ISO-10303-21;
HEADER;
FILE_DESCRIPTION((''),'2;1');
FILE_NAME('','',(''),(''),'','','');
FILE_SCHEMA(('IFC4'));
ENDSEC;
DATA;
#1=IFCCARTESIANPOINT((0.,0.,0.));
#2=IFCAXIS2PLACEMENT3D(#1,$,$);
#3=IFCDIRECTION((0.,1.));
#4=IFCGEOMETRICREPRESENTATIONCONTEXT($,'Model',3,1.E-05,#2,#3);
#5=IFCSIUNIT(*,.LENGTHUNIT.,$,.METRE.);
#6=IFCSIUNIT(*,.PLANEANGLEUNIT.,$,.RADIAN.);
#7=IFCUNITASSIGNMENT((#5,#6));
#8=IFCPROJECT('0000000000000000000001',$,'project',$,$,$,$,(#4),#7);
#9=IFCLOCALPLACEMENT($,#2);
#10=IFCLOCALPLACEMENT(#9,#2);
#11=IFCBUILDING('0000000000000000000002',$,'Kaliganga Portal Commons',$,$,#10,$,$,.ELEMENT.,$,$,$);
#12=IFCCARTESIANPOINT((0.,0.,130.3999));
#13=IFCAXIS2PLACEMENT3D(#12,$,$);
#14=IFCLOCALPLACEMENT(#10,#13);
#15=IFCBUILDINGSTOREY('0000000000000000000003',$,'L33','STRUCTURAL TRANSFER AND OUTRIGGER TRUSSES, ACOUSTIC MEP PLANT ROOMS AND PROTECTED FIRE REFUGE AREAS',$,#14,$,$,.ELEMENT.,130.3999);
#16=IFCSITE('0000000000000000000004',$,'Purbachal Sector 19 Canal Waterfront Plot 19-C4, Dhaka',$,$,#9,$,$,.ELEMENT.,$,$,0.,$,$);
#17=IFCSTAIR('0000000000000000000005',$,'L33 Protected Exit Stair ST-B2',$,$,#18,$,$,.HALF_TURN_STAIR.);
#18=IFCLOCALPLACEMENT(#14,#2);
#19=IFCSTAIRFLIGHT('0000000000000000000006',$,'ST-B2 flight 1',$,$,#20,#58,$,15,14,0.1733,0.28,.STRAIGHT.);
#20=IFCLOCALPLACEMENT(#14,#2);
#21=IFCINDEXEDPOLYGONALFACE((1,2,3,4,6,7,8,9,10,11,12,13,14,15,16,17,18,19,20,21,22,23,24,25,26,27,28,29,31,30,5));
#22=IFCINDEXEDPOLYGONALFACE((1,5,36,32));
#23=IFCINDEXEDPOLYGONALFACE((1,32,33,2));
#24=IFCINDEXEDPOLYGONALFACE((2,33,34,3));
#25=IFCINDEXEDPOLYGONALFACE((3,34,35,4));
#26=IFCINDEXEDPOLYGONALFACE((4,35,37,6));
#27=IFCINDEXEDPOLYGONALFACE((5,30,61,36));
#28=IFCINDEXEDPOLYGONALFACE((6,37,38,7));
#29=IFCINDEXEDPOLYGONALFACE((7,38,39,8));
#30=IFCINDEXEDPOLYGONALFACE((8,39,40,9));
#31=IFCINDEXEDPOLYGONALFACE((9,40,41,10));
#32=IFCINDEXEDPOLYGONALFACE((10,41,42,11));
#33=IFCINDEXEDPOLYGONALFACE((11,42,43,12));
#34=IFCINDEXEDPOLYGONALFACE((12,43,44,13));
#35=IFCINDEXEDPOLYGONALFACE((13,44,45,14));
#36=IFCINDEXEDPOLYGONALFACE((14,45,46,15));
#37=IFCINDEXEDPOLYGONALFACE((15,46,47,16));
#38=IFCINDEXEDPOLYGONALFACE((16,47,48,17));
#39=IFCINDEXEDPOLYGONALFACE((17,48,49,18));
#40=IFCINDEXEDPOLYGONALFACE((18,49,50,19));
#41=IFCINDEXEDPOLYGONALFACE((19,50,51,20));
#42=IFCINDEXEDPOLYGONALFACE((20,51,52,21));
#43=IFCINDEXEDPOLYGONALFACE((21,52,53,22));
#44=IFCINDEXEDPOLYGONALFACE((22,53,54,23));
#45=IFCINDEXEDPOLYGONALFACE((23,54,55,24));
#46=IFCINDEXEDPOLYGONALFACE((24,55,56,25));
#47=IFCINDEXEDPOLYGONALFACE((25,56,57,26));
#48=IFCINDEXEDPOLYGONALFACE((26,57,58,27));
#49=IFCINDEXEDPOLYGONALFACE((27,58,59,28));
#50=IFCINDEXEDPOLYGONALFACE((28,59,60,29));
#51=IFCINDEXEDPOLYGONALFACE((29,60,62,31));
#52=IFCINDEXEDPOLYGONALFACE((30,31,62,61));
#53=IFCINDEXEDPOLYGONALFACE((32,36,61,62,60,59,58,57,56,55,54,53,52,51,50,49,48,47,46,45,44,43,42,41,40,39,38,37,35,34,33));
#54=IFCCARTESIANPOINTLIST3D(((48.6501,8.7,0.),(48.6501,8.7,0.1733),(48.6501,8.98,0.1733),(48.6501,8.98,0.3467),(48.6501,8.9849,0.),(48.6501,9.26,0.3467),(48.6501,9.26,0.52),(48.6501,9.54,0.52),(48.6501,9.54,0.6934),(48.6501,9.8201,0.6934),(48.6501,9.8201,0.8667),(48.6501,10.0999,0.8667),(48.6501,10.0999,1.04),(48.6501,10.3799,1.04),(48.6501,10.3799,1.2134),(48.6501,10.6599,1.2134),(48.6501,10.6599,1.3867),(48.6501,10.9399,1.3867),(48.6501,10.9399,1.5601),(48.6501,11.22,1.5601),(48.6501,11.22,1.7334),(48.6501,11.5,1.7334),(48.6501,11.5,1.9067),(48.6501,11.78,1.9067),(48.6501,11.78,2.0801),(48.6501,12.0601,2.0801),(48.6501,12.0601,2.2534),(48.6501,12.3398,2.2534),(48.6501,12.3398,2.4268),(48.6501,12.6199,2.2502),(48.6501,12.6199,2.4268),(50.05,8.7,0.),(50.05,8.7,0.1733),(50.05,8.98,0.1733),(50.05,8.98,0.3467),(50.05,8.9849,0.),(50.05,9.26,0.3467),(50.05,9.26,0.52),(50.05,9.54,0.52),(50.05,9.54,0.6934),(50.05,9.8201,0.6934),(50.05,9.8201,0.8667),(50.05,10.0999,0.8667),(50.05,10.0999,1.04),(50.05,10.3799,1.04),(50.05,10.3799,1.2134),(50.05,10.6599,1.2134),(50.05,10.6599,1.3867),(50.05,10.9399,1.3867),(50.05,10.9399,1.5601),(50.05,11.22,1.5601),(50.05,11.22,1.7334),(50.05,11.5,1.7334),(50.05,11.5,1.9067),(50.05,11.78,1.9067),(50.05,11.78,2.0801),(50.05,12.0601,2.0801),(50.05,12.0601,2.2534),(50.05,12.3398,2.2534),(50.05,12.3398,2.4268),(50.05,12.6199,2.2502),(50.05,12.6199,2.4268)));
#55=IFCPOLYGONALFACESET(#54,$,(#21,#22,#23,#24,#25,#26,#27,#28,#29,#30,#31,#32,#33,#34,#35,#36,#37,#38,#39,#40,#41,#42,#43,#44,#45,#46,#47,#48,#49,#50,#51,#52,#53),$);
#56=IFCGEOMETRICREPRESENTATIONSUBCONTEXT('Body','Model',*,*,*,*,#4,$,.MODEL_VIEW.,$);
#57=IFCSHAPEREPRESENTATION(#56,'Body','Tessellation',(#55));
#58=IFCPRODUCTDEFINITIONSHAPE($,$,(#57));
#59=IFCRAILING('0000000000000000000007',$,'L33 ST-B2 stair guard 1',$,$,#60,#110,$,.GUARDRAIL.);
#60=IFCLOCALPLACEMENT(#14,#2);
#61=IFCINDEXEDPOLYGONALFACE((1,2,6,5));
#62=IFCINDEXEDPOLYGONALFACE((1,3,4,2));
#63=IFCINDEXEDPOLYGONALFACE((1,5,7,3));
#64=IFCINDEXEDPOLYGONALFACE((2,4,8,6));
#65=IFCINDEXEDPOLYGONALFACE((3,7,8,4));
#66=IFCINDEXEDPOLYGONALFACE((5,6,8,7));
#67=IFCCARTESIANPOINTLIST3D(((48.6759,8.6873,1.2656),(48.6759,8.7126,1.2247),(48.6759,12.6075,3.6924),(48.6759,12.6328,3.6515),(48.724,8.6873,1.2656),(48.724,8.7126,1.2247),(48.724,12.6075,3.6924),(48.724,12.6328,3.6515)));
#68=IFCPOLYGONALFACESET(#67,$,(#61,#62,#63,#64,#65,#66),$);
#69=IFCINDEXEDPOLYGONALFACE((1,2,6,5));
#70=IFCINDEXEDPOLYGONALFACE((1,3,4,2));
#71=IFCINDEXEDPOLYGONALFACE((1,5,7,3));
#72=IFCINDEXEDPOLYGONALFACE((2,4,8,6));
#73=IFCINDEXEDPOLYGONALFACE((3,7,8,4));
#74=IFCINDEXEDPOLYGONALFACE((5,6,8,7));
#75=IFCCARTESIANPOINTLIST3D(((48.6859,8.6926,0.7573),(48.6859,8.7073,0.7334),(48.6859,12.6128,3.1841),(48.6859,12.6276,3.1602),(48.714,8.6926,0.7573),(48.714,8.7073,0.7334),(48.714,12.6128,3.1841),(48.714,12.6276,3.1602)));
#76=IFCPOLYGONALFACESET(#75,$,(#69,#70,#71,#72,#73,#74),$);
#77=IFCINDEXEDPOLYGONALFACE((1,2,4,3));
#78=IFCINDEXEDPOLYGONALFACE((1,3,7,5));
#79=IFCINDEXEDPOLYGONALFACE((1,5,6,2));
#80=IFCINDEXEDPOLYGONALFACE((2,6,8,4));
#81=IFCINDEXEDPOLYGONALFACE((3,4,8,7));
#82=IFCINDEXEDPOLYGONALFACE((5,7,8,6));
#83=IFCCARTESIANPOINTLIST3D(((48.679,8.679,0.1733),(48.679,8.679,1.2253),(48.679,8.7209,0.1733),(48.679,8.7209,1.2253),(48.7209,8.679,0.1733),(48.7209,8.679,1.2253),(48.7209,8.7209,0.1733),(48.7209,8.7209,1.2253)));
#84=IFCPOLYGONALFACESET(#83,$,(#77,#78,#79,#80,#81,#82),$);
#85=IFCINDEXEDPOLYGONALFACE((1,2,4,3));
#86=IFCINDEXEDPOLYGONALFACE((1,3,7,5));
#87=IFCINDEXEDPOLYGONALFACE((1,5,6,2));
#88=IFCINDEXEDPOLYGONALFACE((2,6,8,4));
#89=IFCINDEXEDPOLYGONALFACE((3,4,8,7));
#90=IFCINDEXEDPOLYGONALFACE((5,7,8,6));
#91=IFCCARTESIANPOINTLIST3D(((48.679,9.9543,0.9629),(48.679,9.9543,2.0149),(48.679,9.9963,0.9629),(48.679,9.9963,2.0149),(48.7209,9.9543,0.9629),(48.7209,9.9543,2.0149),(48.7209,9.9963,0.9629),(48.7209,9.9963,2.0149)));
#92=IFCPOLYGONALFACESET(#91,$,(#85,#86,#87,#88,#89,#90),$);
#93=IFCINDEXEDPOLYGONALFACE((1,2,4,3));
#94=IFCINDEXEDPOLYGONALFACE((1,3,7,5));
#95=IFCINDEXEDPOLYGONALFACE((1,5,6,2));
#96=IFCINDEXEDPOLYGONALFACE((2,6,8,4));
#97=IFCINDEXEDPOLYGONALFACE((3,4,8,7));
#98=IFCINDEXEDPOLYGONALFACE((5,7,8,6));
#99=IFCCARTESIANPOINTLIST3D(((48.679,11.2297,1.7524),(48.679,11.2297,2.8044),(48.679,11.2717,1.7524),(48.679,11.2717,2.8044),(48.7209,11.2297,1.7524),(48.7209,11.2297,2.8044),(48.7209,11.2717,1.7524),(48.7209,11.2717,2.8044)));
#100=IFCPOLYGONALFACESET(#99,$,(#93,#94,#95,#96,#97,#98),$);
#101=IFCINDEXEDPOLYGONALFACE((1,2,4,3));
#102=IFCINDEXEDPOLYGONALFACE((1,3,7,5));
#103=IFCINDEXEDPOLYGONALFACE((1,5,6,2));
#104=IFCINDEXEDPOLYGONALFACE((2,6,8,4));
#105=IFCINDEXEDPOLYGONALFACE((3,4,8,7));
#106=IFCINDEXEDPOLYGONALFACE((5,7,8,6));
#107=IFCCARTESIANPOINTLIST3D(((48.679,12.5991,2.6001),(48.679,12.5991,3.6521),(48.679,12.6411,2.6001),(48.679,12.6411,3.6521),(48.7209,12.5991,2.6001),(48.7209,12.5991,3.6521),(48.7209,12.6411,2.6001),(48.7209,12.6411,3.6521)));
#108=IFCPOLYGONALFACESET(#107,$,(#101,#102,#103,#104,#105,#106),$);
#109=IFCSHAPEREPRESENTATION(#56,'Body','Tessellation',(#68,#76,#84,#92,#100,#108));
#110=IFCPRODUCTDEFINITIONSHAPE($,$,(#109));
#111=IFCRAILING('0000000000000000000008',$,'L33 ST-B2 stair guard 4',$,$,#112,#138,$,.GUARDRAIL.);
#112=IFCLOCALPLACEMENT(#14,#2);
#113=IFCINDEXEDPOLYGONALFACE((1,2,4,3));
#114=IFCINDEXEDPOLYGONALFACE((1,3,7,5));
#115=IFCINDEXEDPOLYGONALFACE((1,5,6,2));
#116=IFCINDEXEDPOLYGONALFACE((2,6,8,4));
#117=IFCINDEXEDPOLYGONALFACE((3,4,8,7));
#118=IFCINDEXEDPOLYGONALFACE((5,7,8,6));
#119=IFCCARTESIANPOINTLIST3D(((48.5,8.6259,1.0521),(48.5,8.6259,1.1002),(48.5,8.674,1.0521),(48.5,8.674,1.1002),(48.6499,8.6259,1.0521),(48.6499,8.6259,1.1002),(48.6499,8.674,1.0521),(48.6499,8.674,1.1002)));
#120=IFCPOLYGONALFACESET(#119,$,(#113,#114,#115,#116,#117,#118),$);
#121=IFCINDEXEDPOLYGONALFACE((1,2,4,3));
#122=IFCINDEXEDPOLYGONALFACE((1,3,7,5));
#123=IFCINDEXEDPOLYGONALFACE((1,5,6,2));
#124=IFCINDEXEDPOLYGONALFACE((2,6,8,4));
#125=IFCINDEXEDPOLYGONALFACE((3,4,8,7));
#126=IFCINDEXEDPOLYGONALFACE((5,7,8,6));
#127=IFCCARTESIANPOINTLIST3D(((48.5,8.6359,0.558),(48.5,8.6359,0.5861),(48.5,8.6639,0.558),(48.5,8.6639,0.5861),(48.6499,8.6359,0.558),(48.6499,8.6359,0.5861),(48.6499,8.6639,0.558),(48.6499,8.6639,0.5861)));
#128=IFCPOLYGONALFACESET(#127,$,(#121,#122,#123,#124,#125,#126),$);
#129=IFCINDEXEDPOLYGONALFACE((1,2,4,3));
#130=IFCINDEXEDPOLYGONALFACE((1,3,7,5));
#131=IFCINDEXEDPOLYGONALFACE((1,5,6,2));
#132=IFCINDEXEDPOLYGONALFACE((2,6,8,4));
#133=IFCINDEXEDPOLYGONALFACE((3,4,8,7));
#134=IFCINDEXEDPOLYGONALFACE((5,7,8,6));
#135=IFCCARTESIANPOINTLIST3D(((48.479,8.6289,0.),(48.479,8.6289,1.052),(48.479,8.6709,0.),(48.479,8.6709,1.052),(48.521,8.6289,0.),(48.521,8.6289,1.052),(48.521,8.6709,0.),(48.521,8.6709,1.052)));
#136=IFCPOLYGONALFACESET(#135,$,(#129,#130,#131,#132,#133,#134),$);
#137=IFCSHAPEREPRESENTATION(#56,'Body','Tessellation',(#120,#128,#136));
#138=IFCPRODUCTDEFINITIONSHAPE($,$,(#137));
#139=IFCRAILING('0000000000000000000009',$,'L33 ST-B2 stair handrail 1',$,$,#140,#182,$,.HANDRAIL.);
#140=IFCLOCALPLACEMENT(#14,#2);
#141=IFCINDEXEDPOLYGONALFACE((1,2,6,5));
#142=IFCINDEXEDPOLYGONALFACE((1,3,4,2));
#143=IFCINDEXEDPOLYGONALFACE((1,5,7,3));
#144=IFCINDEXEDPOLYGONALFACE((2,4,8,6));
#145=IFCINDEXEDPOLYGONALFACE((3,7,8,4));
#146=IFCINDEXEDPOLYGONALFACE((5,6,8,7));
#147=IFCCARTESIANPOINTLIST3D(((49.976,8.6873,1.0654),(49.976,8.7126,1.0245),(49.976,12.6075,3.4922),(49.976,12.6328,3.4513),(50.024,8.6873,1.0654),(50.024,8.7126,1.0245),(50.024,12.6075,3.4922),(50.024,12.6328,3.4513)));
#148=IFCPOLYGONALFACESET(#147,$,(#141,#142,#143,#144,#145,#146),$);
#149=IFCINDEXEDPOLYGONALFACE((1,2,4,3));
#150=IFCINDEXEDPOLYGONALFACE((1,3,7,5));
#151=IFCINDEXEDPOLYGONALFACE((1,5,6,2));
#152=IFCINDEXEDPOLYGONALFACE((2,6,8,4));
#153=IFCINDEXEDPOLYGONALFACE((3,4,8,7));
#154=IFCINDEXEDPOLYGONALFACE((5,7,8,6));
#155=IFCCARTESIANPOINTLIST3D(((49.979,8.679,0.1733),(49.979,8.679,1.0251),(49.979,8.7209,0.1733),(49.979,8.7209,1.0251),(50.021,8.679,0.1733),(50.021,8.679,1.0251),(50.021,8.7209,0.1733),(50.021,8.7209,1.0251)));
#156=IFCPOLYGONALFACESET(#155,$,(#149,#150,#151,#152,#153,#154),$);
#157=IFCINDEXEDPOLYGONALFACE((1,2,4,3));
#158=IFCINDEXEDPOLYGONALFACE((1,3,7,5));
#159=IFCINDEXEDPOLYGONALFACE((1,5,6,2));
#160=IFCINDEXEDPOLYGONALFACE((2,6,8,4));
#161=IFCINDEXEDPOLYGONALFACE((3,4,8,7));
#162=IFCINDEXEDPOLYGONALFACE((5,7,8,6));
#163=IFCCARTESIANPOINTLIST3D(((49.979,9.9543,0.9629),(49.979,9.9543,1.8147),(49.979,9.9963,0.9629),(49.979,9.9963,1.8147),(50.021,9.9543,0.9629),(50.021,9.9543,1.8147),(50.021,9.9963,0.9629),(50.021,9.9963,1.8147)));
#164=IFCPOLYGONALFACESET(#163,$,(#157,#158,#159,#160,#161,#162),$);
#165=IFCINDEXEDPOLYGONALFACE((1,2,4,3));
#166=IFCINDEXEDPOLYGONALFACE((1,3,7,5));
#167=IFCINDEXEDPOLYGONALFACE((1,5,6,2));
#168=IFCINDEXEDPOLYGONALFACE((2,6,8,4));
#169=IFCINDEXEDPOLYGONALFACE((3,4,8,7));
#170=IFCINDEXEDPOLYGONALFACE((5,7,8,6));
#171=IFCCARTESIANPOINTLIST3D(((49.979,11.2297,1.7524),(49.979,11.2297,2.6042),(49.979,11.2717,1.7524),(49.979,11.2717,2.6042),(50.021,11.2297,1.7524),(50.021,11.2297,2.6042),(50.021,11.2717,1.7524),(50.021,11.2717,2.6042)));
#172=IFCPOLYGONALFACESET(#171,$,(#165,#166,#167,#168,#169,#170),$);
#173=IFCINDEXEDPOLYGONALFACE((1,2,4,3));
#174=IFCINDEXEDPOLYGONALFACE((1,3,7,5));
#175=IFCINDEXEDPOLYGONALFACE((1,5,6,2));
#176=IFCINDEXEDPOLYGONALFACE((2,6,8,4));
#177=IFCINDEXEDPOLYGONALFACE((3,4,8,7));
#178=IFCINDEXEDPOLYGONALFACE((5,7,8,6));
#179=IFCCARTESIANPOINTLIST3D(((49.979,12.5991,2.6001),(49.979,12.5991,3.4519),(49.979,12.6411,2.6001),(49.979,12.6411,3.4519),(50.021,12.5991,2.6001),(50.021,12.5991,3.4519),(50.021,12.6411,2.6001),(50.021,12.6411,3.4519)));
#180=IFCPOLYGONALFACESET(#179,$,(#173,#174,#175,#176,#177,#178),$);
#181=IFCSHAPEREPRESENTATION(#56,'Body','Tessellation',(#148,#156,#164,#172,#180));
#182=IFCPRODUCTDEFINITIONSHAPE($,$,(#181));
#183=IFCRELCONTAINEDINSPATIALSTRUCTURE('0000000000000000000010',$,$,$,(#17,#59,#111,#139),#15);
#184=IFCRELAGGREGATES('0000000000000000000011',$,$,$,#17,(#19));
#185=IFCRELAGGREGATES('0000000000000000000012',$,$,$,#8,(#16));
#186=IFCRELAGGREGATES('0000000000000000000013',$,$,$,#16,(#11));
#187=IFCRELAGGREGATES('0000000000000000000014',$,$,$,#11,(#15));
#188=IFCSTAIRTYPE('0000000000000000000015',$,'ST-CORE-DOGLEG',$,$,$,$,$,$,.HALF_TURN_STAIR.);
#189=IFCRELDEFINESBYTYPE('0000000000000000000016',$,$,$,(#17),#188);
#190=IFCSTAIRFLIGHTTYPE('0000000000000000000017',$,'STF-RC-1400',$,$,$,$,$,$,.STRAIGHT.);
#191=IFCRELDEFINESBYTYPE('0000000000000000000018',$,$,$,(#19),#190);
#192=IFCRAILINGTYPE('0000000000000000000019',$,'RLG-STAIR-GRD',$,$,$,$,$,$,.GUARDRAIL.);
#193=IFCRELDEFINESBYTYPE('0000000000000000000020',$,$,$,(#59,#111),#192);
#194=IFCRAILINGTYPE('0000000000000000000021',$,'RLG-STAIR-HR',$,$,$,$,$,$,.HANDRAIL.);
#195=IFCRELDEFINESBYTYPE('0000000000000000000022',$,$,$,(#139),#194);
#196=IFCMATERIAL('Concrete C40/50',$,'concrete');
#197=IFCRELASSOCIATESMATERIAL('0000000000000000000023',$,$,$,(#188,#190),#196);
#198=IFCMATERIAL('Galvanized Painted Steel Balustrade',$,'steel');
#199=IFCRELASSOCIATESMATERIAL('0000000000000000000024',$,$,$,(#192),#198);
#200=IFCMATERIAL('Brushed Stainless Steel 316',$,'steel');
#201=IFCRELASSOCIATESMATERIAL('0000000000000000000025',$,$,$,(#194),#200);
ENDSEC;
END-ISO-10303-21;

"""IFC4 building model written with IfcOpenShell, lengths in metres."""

from ifc_helpers import new_model, si_unit, direction, frame, origin, origin_2d, place, context, subcontext, project, spatial, polyline, rectangle, outline, extrude, material, type_object, element, aggregate, save


model = new_model("IFC4")

# Units and contexts
model_context = context("Model", 3, precision=1e-05, world=origin(), true_north=direction((0.0, 1.0)))
body_context = subcontext(model_context, "Body", "Model", "MODEL_VIEW")
ifc_project = project(units=[si_unit("LENGTHUNIT", "METRE"), si_unit("PLANEANGLEUNIT", "RADIAN")], contexts=[model_context])

# Site, building, storey
site_placement = place(None, origin())
site = spatial("IfcSite", under=ifc_project, at=site_placement, Name="Purbachal Sector 19 Canal Waterfront Plot 19-C4, Dhaka", CompositionType="ELEMENT", RefElevation=0.0)
building_placement = place(site_placement, origin())
building = spatial("IfcBuilding", under=site, at=building_placement, Name="Kaliganga Portal Commons", CompositionType="ELEMENT")
storey_placement = place(building_placement, frame((0.0, 0.0, 130.3999)))
storey = spatial("IfcBuildingStorey", under=building, at=storey_placement, Name="L33", Description="STRUCTURAL TRANSFER AND OUTRIGGER TRUSSES, ACOUSTIC MEP PLANT ROOMS AND PROTECTED FIRE REFUGE AREAS", CompositionType="ELEMENT", Elevation=130.3999)

# Stair, stair flight
ifc_material_1 = material(Name="Concrete C40/50", Category="concrete")
stair_type = type_object("IfcStairType", Name="ST-CORE-DOGLEG", PredefinedType="HALF_TURN_STAIR", material=ifc_material_1)
stair_placement = place(storey_placement, origin())
stair = element("IfcStair", 1, at=stair_placement, inside=storey, type_object=stair_type, Name="L33 Protected Exit Stair ST-B2", PredefinedType="HALF_TURN_STAIR")
stair_flight_type = type_object("IfcStairFlightType", Name="STF-RC-1400", PredefinedType="STRAIGHT", material=ifc_material_1)
stair_flight_placement = place(storey_placement, frame((49.3501, 8.7, 0.0), z_axis=(0.0, 0.0, 1.0), x_axis=(0.0, 1.0, 0.0)))
stair_flight = element("IfcStairFlight", 2, at=stair_flight_placement, type_object=stair_flight_type, Name="ST-B2 flight 1", NumberOfRisers=15, NumberOfTreads=14, PredefinedType="STRAIGHT", RiserHeight=0.1733, TreadLength=0.28, context=body_context, shape_type="SweptSolid", body=[
    extrude(outline(polyline([(0.0, 0.0), (0.0, 0.1733), (0.28, 0.1733), (0.28, 0.3467), (0.5601, 0.3467), (0.5601, 0.52), (0.8401, 0.52), (0.8401, 0.6934), (1.1201, 0.6934), (1.1201, 0.8667), (1.3999, 0.8667), (1.3999, 1.04), (1.6799, 1.04), (1.6799, 1.2134), (1.96, 1.2134), (1.96, 1.3867), (2.24, 1.3867), (2.24, 1.5601), (2.52, 1.5601), (2.52, 1.7334), (2.8, 1.7334), (2.8, 1.9067), (3.0801, 1.9067), (3.0801, 2.0801), (3.3601, 2.0801), (3.3601, 2.2534), (3.6399, 2.2534), (3.6399, 2.4268), (3.9199, 2.4268), (3.9199, 2.6001), (3.9199, 2.2502), (0.2849, 0.0), (0.0, 0.0)])), frame((0.0, 0.7, 0.0), z_axis=(0.0, -1.0, 0.0), x_axis=(1.0, 0.0, 0.0)), (0.0, 0.0, 1.0), 1.3999),
])
aggregate(stair, [stair_flight])

# Railings
ifc_material_2 = material(Name="Galvanized Painted Steel Balustrade", Category="steel")
railing_type_1 = type_object("IfcRailingType", Name="RLG-STAIR-GRD", PredefinedType="GUARDRAIL", material=ifc_material_2)
railing_1_placement = place(storey_placement, frame((48.7, 8.7, 0.1733)))
element("IfcRailing", 3, at=railing_1_placement, inside=storey, type_object=railing_type_1, Name="L33 ST-B2 stair guard 1", PredefinedType="GUARDRAIL", context=body_context, shape_type="SweptSolid", body=[
    extrude(rectangle(XDim=0.0481, YDim=0.0481, at=origin_2d()), frame((0.0, 0.0, 1.0718), z_axis=(0.0, 0.850266, 0.526353), x_axis=(-1.0, 0.0, 0.0)), (0.0, 0.0, 1.0), 4.6106),
    extrude(rectangle(XDim=0.0281, YDim=0.0281, at=origin_2d()), frame((0.0, 0.0, 0.572), z_axis=(0.0, 0.850266, 0.526353), x_axis=(-1.0, 0.0, 0.0)), (0.0, 0.0, 1.0), 4.6106),
    extrude(rectangle(XDim=0.042, YDim=0.042, at=origin_2d()), origin(), (0.0, 0.0, 1.0), 1.052),
    extrude(rectangle(XDim=0.042, YDim=0.042, at=origin_2d()), frame((0.0, 1.2754, 0.7896)), (0.0, 0.0, 1.0), 1.052),
    extrude(rectangle(XDim=0.042, YDim=0.042, at=origin_2d()), frame((0.0, 2.5508, 1.5791)), (0.0, 0.0, 1.0), 1.052),
    extrude(rectangle(XDim=0.042, YDim=0.042, at=origin_2d()), frame((0.0, 3.9202, 2.4268)), (0.0, 0.0, 1.0), 1.052),
])
railing_2_placement = place(storey_placement, frame((48.6499, 8.6499, 0.0)))
element("IfcRailing", 4, at=railing_2_placement, inside=storey, type_object=railing_type_1, Name="L33 ST-B2 stair guard 4", PredefinedType="GUARDRAIL", context=body_context, shape_type="SweptSolid", body=[
    extrude(rectangle(XDim=0.0481, YDim=0.0481, at=origin_2d()), frame((0.0, 0.0, 1.0762), z_axis=(-1.0, 0.0, 0.0), x_axis=(0.0, -1.0, 0.0)), (0.0, 0.0, 1.0), 0.1499),
    extrude(rectangle(XDim=0.0281, YDim=0.0281, at=origin_2d()), frame((0.0, 0.0, 0.572), z_axis=(-1.0, 0.0, 0.0), x_axis=(0.0, -1.0, 0.0)), (0.0, 0.0, 1.0), 0.1499),
    extrude(rectangle(XDim=0.042, YDim=0.042, at=origin_2d()), frame((-0.1499, 0.0, 0.0)), (0.0, 0.0, 1.0), 1.052),
])
ifc_material_3 = material(Name="Brushed Stainless Steel 316", Category="steel")
railing_type_2 = type_object("IfcRailingType", Name="RLG-STAIR-HR", PredefinedType="HANDRAIL", material=ifc_material_3)
railing_3_placement = place(storey_placement, frame((50.0, 8.7, 0.1733)))
element("IfcRailing", 5, at=railing_3_placement, inside=storey, type_object=railing_type_2, Name="L33 ST-B2 stair handrail 1", PredefinedType="HANDRAIL", context=body_context, shape_type="SweptSolid", body=[
    extrude(rectangle(XDim=0.0481, YDim=0.0481, at=origin_2d()), frame((0.0, 0.0, 0.8716), z_axis=(0.0, 0.850266, 0.526353), x_axis=(-1.0, 0.0, 0.0)), (0.0, 0.0, 1.0), 4.6106),
    extrude(rectangle(XDim=0.042, YDim=0.042, at=origin_2d()), origin(), (0.0, 0.0, 1.0), 0.8518),
    extrude(rectangle(XDim=0.042, YDim=0.042, at=origin_2d()), frame((0.0, 1.2754, 0.7896)), (0.0, 0.0, 1.0), 0.8518),
    extrude(rectangle(XDim=0.042, YDim=0.042, at=origin_2d()), frame((0.0, 2.5508, 1.5791)), (0.0, 0.0, 1.0), 0.8518),
    extrude(rectangle(XDim=0.042, YDim=0.042, at=origin_2d()), frame((0.0, 3.9202, 2.4268)), (0.0, 0.0, 1.0), 0.8518),
])

save(model, "model.ifc")
